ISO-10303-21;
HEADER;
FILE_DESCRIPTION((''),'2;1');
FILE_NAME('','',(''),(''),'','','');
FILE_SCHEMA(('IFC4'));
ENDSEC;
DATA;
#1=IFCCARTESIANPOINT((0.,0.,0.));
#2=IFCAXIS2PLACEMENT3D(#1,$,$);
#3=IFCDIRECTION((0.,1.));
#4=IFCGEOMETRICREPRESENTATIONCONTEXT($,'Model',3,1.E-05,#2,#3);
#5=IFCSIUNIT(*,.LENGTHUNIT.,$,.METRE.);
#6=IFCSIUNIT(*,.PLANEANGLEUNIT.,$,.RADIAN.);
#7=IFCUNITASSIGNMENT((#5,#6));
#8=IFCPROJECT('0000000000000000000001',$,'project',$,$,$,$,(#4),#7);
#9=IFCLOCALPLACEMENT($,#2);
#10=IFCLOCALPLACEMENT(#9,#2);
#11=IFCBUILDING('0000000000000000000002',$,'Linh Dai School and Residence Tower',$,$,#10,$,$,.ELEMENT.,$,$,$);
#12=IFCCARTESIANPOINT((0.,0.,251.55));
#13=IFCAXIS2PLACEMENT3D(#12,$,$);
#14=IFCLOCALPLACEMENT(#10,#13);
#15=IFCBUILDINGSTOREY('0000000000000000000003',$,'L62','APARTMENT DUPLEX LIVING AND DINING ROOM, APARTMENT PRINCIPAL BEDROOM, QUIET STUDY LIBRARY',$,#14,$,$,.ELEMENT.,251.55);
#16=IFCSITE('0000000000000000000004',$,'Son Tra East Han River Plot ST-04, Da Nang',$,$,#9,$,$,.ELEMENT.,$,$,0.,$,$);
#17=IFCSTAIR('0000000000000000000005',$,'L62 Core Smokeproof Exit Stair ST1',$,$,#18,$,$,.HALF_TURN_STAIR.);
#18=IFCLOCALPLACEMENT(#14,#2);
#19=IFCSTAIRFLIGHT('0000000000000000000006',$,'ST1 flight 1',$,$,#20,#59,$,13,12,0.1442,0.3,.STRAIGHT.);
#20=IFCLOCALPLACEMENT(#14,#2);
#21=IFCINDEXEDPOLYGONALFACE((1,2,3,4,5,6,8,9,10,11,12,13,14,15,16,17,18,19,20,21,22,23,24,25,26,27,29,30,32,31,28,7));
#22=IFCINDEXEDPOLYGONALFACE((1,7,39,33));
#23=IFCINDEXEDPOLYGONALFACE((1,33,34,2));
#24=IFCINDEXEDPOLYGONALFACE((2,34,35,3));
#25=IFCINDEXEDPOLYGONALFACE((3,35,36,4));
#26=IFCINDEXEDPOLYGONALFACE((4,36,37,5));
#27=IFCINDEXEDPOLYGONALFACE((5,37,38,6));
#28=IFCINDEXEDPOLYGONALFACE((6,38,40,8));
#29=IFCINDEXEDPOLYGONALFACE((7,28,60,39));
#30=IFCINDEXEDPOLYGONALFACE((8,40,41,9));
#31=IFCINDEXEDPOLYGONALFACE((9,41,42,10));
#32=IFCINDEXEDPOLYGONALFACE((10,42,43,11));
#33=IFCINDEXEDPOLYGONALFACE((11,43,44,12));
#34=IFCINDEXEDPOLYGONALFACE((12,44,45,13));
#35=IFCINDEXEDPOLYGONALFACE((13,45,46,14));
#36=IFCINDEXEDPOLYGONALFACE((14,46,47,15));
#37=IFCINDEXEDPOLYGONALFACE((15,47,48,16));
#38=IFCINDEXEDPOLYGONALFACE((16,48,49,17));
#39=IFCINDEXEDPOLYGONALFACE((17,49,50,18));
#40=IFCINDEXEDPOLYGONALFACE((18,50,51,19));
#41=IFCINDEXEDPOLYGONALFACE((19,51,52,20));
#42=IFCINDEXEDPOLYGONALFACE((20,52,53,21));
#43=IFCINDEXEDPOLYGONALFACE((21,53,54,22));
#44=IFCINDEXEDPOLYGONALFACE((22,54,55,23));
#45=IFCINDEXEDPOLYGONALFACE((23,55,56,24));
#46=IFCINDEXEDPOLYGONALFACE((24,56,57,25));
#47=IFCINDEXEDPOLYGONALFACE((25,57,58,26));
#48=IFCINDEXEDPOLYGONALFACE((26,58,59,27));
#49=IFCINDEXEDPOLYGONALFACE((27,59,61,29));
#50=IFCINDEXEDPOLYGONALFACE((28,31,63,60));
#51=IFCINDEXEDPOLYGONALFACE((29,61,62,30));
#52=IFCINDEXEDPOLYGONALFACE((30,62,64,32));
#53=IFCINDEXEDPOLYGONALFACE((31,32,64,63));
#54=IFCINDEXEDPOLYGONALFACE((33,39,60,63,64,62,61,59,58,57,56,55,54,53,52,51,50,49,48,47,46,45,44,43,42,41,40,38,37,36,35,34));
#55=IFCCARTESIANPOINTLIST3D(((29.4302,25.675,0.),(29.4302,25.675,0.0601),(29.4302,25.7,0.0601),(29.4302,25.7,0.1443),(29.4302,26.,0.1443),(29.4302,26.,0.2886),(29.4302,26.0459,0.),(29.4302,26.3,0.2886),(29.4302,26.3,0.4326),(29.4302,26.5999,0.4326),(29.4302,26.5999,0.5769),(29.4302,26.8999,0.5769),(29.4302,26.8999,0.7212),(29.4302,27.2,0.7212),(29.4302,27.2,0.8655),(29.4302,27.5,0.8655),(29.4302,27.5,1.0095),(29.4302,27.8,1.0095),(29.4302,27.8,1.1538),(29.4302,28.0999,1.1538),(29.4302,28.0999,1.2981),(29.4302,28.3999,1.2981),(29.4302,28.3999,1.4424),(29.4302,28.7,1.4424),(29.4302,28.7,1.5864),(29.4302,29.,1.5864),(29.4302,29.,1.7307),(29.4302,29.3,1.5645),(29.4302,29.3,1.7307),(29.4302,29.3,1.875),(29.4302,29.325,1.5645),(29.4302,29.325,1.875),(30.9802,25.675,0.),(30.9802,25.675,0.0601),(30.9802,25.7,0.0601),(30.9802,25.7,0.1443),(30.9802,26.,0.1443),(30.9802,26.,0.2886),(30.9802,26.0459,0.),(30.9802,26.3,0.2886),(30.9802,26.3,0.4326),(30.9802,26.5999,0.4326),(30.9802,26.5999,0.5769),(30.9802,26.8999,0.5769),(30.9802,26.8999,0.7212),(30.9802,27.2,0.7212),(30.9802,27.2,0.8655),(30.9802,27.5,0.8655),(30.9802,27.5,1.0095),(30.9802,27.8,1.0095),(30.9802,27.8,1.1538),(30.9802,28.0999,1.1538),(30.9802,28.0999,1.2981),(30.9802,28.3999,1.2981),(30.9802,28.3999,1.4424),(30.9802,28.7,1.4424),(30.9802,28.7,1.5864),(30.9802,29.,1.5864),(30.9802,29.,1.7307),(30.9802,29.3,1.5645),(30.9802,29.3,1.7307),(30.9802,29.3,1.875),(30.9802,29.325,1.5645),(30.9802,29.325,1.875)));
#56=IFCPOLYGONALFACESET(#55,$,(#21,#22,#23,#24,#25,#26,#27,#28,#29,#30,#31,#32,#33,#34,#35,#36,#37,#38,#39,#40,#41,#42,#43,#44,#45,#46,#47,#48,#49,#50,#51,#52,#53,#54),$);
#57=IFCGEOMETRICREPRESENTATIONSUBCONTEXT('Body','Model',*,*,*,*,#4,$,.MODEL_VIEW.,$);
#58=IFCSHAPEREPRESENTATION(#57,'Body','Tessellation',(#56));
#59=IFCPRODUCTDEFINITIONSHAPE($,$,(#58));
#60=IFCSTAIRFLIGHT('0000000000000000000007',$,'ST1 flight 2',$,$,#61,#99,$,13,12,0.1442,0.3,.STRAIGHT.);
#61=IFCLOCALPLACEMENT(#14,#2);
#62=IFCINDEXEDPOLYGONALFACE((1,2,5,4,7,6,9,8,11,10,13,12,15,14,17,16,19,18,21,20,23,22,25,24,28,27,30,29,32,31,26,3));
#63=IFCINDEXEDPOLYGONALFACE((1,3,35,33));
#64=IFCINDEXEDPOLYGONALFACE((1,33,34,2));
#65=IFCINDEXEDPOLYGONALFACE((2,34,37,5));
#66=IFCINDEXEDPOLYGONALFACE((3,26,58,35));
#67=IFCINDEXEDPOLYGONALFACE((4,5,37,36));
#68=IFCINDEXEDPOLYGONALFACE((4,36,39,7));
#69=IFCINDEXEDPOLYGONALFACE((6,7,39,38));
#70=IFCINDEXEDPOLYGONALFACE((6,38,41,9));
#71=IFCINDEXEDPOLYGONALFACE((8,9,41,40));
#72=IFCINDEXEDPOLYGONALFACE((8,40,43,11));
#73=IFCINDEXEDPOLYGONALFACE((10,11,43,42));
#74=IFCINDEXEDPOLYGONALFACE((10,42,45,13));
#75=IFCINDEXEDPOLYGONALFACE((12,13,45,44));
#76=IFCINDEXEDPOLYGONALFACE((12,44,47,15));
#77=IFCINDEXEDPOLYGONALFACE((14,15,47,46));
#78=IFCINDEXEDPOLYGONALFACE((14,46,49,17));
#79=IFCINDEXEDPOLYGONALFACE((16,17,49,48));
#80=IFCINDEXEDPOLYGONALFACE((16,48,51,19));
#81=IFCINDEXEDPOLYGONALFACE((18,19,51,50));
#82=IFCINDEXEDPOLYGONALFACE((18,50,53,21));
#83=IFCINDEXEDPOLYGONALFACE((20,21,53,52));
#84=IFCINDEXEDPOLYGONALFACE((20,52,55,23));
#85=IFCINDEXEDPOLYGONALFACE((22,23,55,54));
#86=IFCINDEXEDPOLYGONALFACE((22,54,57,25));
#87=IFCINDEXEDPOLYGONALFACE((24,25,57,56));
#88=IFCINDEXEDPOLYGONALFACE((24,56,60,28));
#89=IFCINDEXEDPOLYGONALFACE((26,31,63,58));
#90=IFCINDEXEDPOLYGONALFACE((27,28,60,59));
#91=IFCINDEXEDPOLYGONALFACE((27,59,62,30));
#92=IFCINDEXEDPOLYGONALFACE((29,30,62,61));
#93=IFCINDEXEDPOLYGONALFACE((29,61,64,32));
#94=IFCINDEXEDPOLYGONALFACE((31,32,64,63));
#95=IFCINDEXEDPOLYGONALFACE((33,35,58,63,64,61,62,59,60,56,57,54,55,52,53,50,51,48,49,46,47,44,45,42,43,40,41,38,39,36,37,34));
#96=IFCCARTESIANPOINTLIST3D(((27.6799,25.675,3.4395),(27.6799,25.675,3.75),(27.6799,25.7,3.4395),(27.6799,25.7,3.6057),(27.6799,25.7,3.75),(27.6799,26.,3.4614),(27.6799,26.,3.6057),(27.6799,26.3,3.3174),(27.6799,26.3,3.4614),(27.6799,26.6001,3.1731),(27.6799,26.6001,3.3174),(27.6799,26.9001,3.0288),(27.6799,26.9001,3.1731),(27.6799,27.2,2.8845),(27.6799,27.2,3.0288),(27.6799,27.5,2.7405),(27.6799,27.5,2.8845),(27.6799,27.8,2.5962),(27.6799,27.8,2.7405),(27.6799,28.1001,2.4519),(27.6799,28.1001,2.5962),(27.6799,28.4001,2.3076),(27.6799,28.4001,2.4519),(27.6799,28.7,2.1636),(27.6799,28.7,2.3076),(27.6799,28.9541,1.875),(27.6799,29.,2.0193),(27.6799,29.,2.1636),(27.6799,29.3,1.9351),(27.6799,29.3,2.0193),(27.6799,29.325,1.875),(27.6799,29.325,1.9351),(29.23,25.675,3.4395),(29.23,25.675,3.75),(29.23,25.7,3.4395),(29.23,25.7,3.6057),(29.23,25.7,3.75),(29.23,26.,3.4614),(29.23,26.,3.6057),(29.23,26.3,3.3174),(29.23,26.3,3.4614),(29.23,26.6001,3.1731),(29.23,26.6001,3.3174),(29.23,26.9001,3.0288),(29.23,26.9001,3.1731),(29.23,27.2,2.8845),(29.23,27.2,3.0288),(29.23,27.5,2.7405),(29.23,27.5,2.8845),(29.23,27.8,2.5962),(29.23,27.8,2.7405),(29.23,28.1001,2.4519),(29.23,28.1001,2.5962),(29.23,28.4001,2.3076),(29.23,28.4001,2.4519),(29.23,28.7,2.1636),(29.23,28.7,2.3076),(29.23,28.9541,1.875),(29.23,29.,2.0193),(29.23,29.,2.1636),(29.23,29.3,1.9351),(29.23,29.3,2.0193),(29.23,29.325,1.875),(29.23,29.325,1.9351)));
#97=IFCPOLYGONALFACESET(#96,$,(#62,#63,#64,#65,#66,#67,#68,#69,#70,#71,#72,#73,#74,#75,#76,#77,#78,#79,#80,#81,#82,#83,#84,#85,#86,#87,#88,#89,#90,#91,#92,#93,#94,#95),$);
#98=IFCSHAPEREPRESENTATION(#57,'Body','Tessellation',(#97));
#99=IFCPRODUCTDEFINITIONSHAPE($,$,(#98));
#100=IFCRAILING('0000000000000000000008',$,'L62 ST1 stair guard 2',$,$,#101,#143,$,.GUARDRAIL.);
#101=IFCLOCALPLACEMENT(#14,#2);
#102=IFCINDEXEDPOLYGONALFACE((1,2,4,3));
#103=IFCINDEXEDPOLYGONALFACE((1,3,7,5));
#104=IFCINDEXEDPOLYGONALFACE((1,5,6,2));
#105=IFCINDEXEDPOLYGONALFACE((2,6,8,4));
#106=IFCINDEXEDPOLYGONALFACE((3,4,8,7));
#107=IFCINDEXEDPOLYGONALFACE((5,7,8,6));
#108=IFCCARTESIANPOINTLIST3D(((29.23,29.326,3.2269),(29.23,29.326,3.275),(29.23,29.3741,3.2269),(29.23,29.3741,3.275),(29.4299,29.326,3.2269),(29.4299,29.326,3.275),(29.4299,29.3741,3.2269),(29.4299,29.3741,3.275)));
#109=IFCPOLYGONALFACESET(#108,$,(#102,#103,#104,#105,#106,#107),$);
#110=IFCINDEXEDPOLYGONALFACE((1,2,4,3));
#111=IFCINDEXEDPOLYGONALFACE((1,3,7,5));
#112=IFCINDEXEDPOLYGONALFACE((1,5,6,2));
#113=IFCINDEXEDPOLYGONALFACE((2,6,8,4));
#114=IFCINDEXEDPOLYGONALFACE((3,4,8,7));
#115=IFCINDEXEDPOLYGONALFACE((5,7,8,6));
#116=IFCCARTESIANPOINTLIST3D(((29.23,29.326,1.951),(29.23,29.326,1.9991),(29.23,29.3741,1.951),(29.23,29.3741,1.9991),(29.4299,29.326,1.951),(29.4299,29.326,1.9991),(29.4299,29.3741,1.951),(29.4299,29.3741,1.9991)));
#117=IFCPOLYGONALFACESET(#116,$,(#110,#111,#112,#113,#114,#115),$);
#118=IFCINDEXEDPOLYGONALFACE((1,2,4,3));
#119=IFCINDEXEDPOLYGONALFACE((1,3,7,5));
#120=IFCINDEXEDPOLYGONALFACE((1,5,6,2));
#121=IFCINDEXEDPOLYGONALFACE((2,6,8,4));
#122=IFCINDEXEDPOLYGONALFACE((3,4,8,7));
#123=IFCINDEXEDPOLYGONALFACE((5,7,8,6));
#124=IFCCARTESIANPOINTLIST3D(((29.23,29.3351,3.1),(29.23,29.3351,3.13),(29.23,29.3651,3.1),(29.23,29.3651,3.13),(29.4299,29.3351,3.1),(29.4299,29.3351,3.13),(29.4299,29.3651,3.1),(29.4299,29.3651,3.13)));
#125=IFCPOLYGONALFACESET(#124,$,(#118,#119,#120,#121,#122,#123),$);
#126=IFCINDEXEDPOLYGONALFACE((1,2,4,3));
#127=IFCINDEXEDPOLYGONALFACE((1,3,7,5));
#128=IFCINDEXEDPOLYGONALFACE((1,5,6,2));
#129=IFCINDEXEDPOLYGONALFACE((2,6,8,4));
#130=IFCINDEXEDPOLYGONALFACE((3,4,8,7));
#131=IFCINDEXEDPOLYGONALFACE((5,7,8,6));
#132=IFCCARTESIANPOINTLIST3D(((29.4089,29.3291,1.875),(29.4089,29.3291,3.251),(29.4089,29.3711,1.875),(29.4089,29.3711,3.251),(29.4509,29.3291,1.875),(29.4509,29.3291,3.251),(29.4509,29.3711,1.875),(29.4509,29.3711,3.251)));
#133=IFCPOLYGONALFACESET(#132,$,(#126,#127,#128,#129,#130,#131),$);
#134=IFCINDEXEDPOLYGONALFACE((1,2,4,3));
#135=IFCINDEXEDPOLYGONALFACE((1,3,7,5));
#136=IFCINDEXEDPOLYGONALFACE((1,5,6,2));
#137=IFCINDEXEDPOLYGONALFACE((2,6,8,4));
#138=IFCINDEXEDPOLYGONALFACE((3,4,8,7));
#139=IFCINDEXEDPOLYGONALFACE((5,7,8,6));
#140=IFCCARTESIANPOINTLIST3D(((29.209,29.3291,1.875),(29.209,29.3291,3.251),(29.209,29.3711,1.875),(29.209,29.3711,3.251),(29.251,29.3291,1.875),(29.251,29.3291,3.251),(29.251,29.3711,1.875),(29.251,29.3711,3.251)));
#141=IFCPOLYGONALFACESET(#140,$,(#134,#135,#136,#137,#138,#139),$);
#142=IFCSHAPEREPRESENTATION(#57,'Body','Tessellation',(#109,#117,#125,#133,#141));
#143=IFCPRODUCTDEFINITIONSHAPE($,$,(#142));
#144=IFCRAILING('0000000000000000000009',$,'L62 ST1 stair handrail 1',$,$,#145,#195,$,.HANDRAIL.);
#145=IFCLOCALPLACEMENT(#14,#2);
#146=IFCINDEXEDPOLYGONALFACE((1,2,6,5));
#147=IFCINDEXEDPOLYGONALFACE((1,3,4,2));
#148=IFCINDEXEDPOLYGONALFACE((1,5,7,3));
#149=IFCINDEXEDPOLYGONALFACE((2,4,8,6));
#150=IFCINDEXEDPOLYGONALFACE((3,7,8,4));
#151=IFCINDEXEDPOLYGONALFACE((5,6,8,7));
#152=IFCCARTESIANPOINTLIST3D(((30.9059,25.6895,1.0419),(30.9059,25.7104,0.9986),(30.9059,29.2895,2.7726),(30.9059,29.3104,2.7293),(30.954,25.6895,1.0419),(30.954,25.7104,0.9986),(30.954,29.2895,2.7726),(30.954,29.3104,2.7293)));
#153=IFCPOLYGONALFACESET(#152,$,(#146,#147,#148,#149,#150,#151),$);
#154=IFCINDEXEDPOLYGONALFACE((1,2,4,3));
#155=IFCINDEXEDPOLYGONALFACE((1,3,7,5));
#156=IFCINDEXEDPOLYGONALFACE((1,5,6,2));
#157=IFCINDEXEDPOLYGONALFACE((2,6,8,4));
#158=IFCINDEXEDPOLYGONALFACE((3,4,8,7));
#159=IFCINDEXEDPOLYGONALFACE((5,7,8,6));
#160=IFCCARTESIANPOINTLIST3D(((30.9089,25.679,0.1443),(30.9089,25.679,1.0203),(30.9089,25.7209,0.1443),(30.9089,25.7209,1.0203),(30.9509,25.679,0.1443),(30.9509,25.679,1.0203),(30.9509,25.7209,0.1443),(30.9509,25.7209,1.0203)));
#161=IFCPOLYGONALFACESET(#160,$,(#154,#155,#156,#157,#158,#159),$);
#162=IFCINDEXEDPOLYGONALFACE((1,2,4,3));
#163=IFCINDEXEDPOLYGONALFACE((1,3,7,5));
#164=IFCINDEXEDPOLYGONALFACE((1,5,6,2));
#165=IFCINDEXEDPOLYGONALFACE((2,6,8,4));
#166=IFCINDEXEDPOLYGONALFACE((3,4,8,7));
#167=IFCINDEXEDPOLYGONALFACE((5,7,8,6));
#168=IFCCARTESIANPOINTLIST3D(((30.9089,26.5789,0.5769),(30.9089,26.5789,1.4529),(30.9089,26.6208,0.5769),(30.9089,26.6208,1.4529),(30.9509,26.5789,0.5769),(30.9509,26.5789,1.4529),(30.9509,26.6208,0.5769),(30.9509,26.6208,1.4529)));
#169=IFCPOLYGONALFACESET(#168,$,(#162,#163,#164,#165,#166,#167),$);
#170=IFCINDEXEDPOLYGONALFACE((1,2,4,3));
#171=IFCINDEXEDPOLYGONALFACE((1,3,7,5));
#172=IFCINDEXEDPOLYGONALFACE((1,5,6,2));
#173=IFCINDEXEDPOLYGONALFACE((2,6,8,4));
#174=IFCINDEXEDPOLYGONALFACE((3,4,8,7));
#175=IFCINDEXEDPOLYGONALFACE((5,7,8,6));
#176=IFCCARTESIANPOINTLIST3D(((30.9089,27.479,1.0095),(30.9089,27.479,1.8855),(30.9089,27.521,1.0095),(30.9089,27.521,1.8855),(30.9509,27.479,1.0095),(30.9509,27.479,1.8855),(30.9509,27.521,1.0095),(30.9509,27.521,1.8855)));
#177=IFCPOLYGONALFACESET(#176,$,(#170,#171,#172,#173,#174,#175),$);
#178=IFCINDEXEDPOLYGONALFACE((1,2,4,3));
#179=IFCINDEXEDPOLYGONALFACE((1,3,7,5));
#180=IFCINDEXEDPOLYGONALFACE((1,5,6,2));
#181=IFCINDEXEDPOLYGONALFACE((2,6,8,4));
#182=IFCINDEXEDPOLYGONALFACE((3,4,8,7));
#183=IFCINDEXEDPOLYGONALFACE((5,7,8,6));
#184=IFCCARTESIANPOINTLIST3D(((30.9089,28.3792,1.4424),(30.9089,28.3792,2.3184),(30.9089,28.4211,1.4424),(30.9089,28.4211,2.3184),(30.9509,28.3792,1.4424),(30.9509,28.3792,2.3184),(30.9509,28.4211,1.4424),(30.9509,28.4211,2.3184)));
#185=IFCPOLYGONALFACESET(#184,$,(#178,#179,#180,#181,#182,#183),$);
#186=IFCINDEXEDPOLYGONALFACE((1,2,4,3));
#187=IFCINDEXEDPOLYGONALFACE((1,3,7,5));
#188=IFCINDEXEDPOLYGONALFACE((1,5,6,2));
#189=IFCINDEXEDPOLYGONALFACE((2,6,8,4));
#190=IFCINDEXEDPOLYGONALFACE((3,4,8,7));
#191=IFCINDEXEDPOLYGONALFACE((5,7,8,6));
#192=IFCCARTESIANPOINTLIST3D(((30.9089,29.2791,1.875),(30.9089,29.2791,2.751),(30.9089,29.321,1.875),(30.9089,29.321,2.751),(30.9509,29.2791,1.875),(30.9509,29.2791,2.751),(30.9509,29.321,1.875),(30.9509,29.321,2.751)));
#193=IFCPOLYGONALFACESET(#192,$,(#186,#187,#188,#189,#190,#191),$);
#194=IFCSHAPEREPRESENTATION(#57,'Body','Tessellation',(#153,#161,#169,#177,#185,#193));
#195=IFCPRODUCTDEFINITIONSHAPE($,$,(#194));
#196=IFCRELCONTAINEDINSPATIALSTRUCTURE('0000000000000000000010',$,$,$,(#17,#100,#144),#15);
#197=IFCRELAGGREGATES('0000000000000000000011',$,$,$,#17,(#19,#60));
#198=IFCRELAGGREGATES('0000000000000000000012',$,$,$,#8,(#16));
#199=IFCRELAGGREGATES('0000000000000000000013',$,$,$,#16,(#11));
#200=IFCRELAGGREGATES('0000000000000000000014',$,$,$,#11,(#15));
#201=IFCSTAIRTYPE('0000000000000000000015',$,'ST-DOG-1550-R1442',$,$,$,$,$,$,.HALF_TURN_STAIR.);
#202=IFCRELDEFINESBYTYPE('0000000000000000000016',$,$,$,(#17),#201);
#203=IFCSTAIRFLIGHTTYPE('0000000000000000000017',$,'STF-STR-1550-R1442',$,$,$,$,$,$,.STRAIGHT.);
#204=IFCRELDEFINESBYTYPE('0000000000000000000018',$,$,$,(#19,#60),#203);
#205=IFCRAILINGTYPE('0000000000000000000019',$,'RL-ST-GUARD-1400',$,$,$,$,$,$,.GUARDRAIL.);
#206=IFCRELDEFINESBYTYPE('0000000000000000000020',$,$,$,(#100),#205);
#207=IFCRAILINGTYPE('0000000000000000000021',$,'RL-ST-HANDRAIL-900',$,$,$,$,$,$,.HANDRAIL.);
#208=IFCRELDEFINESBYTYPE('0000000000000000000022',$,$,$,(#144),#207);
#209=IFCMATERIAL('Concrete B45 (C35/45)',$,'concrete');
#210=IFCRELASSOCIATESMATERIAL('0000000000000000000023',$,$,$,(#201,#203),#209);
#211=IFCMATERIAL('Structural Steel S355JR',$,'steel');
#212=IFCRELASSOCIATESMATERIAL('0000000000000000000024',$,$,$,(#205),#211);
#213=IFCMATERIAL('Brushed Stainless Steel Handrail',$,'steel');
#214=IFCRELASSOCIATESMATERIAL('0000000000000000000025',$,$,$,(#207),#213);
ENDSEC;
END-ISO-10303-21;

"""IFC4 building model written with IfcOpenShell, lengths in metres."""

from ifc_helpers import new_model, si_unit, direction, frame, origin, origin_2d, place, context, subcontext, project, spatial, polyline, rectangle, outline, extrude, source, transform, mapped, material, type_object, element, aggregate, save


model = new_model("IFC4")

# Units and contexts
model_context = context("Model", 3, precision=1e-05, world=origin(), true_north=direction((0.0, 1.0)))
body_context = subcontext(model_context, "Body", "Model", "MODEL_VIEW")
ifc_project = project(units=[si_unit("LENGTHUNIT", "METRE"), si_unit("PLANEANGLEUNIT", "RADIAN")], contexts=[model_context])

# Site, building, storey
site_placement = place(None, origin())
site = spatial("IfcSite", under=ifc_project, at=site_placement, Name="Son Tra East Han River Plot ST-04, Da Nang", CompositionType="ELEMENT", RefElevation=0.0)
building_placement = place(site_placement, origin())
building = spatial("IfcBuilding", under=site, at=building_placement, Name="Linh Dai School and Residence Tower", CompositionType="ELEMENT")
storey_placement = place(building_placement, frame((0.0, 0.0, 251.55)))
storey = spatial("IfcBuildingStorey", under=building, at=storey_placement, Name="L62", Description="APARTMENT DUPLEX LIVING AND DINING ROOM, APARTMENT PRINCIPAL BEDROOM, QUIET STUDY LIBRARY", CompositionType="ELEMENT", Elevation=251.55)

# Shared definitions
ifc_material_1 = material(Name="Concrete B45 (C35/45)", Category="concrete")

# Stair, stair flights
stair_type = type_object("IfcStairType", Name="ST-DOG-1550-R1442", PredefinedType="HALF_TURN_STAIR", material=ifc_material_1)
stair_placement = place(storey_placement, origin())
stair = element("IfcStair", 1, at=stair_placement, inside=storey, type_object=stair_type, Name="L62 Core Smokeproof Exit Stair ST1", PredefinedType="HALF_TURN_STAIR")
stair_flight_type = type_object("IfcStairFlightType", Name="STF-STR-1550-R1442", PredefinedType="STRAIGHT", material=ifc_material_1)
shared_shape_1 = source(origin(), body_context, "Body", "SweptSolid", [
    extrude(outline(polyline([(-0.0249, 0.0), (-0.0249, 0.0601), (0.0, 0.0601), (0.0, 0.1443), (0.3, 0.1443), (0.3, 0.2886), (0.6001, 0.2886), (0.6001, 0.4326), (0.8999, 0.4326), (0.8999, 0.5769), (1.2, 0.5769), (1.2, 0.7212), (1.5, 0.7212), (1.5, 0.8655), (1.8, 0.8655), (1.8, 1.0095), (2.1001, 1.0095), (2.1001, 1.1538), (2.3999, 1.1538), (2.3999, 1.2981), (2.7, 1.2981), (2.7, 1.4424), (3.0, 1.4424), (3.0, 1.5864), (3.3, 1.5864), (3.3, 1.7307), (3.6001, 1.7307), (3.6001, 1.875), (3.625, 1.875), (3.625, 1.5645), (3.6001, 1.5645), (0.3459, 0.0), (-0.0249, 0.0)])), frame((0.0, 0.7749, 0.0), z_axis=(0.0, -1.0, 0.0), x_axis=(1.0, 0.0, 0.0)), (0.0, 0.0, 1.0), 1.55),
])
stair_flight_1_placement = place(storey_placement, frame((30.2051, 25.7, 0.0), z_axis=(0.0, 0.0, 1.0), x_axis=(0.0, 1.0, 0.0)))
stair_flight_1 = element("IfcStairFlight", 2, at=stair_flight_1_placement, type_object=stair_flight_type, Name="ST1 flight 1", NumberOfRisers=13, NumberOfTreads=12, PredefinedType="STRAIGHT", RiserHeight=0.1442, TreadLength=0.3, context=body_context, shape_type="MappedRepresentation", body=[
    mapped(shared_shape_1, transform((0.0, 0.0, 0.0), x_axis=(1.0, 0.0, 0.0), y_axis=(0.0, 1.0, 0.0), z_axis=(0.0, 0.0, 1.0), scale=1.0)),
])
stair_flight_2_placement = place(storey_placement, frame((28.4551, 29.3, 1.875), z_axis=(0.0, 0.0, 1.0), x_axis=(0.0, -1.0, 0.0)))
stair_flight_2 = element("IfcStairFlight", 3, at=stair_flight_2_placement, type_object=stair_flight_type, Name="ST1 flight 2", NumberOfRisers=13, NumberOfTreads=12, PredefinedType="STRAIGHT", RiserHeight=0.1442, TreadLength=0.3, context=body_context, shape_type="MappedRepresentation", body=[
    mapped(shared_shape_1, transform((0.0, 0.0, 0.0), x_axis=(1.0, 0.0, 0.0), y_axis=(0.0, 1.0, 0.0), z_axis=(0.0, 0.0, 1.0), scale=1.0)),
])
aggregate(stair, [stair_flight_1, stair_flight_2])

# Railings
ifc_material_2 = material(Name="Structural Steel S355JR", Category="steel")
railing_type_1 = type_object("IfcRailingType", Name="RL-ST-GUARD-1400", PredefinedType="GUARDRAIL", material=ifc_material_2)
shared_shape_2 = source(origin(), body_context, "Body", "SweptSolid", [
    extrude(rectangle(XDim=0.0481, YDim=0.0481, at=origin_2d()), frame((0.0, 0.0, 1.376), z_axis=(-1.0, 0.0, 0.0), x_axis=(0.0, -1.0, 0.0)), (0.0, 0.0, 1.0), 0.2),
    extrude(rectangle(XDim=0.0481, YDim=0.0481, at=origin_2d()), frame((0.0, 0.0, 0.1001), z_axis=(-1.0, 0.0, 0.0), x_axis=(0.0, -1.0, 0.0)), (0.0, 0.0, 1.0), 0.2),
    extrude(rectangle(XDim=0.03, YDim=0.03, at=origin_2d()), frame((0.0, 0.0, 1.24), z_axis=(-1.0, 0.0, 0.0), x_axis=(0.0, -1.0, 0.0)), (0.0, 0.0, 1.0), 0.2),
    extrude(rectangle(XDim=0.042, YDim=0.042, at=origin_2d()), origin(), (0.0, 0.0, 1.0), 1.376),
    extrude(rectangle(XDim=0.042, YDim=0.042, at=origin_2d()), frame((-0.2, 0.0, 0.0)), (0.0, 0.0, 1.0), 1.376),
])
railing_1_placement = place(storey_placement, frame((29.4299, 29.3501, 1.875)))
element("IfcRailing", 4, at=railing_1_placement, inside=storey, type_object=railing_type_1, Name="L62 ST1 stair guard 2", PredefinedType="GUARDRAIL", context=body_context, shape_type="MappedRepresentation", body=[
    mapped(shared_shape_2, transform((0.0, 0.0, 0.0), x_axis=(1.0, 0.0, 0.0), y_axis=(0.0, 1.0, 0.0), z_axis=(0.0, 0.0, 1.0), scale=1.0)),
])
ifc_material_3 = material(Name="Brushed Stainless Steel Handrail", Category="steel")
railing_type_2 = type_object("IfcRailingType", Name="RL-ST-HANDRAIL-900", PredefinedType="HANDRAIL", material=ifc_material_3)
shared_shape_3 = source(origin(), body_context, "Body", "SweptSolid", [
    extrude(rectangle(XDim=0.0481, YDim=0.0481, at=origin_2d()), frame((0.0, 0.0, 0.876), z_axis=(0.0, 0.901263, 0.433273), x_axis=(-1.0, 0.0, 0.0)), (0.0, 0.0, 1.0), 3.9944),
    extrude(rectangle(XDim=0.042, YDim=0.042, at=origin_2d()), origin(), (0.0, 0.0, 1.0), 0.876),
    extrude(rectangle(XDim=0.042, YDim=0.042, at=origin_2d()), frame((0.0, 0.8999, 0.4326)), (0.0, 0.0, 1.0), 0.876),
    extrude(rectangle(XDim=0.042, YDim=0.042, at=origin_2d()), frame((0.0, 1.8, 0.8652)), (0.0, 0.0, 1.0), 0.876),
    extrude(rectangle(XDim=0.042, YDim=0.042, at=origin_2d()), frame((0.0, 2.7002, 1.2981)), (0.0, 0.0, 1.0), 0.876),
    extrude(rectangle(XDim=0.042, YDim=0.042, at=origin_2d()), frame((0.0, 3.6001, 1.7307)), (0.0, 0.0, 1.0), 0.876),
])
railing_2_placement = place(storey_placement, frame((30.9299, 25.7, 0.1443)))
element("IfcRailing", 5, at=railing_2_placement, inside=storey, type_object=railing_type_2, Name="L62 ST1 stair handrail 1", PredefinedType="HANDRAIL", context=body_context, shape_type="MappedRepresentation", body=[
    mapped(shared_shape_3, transform((0.0, 0.0, 0.0), x_axis=(1.0, 0.0, 0.0), y_axis=(0.0, 1.0, 0.0), z_axis=(0.0, 0.0, 1.0), scale=1.0)),
])

save(model, "model.ifc")
